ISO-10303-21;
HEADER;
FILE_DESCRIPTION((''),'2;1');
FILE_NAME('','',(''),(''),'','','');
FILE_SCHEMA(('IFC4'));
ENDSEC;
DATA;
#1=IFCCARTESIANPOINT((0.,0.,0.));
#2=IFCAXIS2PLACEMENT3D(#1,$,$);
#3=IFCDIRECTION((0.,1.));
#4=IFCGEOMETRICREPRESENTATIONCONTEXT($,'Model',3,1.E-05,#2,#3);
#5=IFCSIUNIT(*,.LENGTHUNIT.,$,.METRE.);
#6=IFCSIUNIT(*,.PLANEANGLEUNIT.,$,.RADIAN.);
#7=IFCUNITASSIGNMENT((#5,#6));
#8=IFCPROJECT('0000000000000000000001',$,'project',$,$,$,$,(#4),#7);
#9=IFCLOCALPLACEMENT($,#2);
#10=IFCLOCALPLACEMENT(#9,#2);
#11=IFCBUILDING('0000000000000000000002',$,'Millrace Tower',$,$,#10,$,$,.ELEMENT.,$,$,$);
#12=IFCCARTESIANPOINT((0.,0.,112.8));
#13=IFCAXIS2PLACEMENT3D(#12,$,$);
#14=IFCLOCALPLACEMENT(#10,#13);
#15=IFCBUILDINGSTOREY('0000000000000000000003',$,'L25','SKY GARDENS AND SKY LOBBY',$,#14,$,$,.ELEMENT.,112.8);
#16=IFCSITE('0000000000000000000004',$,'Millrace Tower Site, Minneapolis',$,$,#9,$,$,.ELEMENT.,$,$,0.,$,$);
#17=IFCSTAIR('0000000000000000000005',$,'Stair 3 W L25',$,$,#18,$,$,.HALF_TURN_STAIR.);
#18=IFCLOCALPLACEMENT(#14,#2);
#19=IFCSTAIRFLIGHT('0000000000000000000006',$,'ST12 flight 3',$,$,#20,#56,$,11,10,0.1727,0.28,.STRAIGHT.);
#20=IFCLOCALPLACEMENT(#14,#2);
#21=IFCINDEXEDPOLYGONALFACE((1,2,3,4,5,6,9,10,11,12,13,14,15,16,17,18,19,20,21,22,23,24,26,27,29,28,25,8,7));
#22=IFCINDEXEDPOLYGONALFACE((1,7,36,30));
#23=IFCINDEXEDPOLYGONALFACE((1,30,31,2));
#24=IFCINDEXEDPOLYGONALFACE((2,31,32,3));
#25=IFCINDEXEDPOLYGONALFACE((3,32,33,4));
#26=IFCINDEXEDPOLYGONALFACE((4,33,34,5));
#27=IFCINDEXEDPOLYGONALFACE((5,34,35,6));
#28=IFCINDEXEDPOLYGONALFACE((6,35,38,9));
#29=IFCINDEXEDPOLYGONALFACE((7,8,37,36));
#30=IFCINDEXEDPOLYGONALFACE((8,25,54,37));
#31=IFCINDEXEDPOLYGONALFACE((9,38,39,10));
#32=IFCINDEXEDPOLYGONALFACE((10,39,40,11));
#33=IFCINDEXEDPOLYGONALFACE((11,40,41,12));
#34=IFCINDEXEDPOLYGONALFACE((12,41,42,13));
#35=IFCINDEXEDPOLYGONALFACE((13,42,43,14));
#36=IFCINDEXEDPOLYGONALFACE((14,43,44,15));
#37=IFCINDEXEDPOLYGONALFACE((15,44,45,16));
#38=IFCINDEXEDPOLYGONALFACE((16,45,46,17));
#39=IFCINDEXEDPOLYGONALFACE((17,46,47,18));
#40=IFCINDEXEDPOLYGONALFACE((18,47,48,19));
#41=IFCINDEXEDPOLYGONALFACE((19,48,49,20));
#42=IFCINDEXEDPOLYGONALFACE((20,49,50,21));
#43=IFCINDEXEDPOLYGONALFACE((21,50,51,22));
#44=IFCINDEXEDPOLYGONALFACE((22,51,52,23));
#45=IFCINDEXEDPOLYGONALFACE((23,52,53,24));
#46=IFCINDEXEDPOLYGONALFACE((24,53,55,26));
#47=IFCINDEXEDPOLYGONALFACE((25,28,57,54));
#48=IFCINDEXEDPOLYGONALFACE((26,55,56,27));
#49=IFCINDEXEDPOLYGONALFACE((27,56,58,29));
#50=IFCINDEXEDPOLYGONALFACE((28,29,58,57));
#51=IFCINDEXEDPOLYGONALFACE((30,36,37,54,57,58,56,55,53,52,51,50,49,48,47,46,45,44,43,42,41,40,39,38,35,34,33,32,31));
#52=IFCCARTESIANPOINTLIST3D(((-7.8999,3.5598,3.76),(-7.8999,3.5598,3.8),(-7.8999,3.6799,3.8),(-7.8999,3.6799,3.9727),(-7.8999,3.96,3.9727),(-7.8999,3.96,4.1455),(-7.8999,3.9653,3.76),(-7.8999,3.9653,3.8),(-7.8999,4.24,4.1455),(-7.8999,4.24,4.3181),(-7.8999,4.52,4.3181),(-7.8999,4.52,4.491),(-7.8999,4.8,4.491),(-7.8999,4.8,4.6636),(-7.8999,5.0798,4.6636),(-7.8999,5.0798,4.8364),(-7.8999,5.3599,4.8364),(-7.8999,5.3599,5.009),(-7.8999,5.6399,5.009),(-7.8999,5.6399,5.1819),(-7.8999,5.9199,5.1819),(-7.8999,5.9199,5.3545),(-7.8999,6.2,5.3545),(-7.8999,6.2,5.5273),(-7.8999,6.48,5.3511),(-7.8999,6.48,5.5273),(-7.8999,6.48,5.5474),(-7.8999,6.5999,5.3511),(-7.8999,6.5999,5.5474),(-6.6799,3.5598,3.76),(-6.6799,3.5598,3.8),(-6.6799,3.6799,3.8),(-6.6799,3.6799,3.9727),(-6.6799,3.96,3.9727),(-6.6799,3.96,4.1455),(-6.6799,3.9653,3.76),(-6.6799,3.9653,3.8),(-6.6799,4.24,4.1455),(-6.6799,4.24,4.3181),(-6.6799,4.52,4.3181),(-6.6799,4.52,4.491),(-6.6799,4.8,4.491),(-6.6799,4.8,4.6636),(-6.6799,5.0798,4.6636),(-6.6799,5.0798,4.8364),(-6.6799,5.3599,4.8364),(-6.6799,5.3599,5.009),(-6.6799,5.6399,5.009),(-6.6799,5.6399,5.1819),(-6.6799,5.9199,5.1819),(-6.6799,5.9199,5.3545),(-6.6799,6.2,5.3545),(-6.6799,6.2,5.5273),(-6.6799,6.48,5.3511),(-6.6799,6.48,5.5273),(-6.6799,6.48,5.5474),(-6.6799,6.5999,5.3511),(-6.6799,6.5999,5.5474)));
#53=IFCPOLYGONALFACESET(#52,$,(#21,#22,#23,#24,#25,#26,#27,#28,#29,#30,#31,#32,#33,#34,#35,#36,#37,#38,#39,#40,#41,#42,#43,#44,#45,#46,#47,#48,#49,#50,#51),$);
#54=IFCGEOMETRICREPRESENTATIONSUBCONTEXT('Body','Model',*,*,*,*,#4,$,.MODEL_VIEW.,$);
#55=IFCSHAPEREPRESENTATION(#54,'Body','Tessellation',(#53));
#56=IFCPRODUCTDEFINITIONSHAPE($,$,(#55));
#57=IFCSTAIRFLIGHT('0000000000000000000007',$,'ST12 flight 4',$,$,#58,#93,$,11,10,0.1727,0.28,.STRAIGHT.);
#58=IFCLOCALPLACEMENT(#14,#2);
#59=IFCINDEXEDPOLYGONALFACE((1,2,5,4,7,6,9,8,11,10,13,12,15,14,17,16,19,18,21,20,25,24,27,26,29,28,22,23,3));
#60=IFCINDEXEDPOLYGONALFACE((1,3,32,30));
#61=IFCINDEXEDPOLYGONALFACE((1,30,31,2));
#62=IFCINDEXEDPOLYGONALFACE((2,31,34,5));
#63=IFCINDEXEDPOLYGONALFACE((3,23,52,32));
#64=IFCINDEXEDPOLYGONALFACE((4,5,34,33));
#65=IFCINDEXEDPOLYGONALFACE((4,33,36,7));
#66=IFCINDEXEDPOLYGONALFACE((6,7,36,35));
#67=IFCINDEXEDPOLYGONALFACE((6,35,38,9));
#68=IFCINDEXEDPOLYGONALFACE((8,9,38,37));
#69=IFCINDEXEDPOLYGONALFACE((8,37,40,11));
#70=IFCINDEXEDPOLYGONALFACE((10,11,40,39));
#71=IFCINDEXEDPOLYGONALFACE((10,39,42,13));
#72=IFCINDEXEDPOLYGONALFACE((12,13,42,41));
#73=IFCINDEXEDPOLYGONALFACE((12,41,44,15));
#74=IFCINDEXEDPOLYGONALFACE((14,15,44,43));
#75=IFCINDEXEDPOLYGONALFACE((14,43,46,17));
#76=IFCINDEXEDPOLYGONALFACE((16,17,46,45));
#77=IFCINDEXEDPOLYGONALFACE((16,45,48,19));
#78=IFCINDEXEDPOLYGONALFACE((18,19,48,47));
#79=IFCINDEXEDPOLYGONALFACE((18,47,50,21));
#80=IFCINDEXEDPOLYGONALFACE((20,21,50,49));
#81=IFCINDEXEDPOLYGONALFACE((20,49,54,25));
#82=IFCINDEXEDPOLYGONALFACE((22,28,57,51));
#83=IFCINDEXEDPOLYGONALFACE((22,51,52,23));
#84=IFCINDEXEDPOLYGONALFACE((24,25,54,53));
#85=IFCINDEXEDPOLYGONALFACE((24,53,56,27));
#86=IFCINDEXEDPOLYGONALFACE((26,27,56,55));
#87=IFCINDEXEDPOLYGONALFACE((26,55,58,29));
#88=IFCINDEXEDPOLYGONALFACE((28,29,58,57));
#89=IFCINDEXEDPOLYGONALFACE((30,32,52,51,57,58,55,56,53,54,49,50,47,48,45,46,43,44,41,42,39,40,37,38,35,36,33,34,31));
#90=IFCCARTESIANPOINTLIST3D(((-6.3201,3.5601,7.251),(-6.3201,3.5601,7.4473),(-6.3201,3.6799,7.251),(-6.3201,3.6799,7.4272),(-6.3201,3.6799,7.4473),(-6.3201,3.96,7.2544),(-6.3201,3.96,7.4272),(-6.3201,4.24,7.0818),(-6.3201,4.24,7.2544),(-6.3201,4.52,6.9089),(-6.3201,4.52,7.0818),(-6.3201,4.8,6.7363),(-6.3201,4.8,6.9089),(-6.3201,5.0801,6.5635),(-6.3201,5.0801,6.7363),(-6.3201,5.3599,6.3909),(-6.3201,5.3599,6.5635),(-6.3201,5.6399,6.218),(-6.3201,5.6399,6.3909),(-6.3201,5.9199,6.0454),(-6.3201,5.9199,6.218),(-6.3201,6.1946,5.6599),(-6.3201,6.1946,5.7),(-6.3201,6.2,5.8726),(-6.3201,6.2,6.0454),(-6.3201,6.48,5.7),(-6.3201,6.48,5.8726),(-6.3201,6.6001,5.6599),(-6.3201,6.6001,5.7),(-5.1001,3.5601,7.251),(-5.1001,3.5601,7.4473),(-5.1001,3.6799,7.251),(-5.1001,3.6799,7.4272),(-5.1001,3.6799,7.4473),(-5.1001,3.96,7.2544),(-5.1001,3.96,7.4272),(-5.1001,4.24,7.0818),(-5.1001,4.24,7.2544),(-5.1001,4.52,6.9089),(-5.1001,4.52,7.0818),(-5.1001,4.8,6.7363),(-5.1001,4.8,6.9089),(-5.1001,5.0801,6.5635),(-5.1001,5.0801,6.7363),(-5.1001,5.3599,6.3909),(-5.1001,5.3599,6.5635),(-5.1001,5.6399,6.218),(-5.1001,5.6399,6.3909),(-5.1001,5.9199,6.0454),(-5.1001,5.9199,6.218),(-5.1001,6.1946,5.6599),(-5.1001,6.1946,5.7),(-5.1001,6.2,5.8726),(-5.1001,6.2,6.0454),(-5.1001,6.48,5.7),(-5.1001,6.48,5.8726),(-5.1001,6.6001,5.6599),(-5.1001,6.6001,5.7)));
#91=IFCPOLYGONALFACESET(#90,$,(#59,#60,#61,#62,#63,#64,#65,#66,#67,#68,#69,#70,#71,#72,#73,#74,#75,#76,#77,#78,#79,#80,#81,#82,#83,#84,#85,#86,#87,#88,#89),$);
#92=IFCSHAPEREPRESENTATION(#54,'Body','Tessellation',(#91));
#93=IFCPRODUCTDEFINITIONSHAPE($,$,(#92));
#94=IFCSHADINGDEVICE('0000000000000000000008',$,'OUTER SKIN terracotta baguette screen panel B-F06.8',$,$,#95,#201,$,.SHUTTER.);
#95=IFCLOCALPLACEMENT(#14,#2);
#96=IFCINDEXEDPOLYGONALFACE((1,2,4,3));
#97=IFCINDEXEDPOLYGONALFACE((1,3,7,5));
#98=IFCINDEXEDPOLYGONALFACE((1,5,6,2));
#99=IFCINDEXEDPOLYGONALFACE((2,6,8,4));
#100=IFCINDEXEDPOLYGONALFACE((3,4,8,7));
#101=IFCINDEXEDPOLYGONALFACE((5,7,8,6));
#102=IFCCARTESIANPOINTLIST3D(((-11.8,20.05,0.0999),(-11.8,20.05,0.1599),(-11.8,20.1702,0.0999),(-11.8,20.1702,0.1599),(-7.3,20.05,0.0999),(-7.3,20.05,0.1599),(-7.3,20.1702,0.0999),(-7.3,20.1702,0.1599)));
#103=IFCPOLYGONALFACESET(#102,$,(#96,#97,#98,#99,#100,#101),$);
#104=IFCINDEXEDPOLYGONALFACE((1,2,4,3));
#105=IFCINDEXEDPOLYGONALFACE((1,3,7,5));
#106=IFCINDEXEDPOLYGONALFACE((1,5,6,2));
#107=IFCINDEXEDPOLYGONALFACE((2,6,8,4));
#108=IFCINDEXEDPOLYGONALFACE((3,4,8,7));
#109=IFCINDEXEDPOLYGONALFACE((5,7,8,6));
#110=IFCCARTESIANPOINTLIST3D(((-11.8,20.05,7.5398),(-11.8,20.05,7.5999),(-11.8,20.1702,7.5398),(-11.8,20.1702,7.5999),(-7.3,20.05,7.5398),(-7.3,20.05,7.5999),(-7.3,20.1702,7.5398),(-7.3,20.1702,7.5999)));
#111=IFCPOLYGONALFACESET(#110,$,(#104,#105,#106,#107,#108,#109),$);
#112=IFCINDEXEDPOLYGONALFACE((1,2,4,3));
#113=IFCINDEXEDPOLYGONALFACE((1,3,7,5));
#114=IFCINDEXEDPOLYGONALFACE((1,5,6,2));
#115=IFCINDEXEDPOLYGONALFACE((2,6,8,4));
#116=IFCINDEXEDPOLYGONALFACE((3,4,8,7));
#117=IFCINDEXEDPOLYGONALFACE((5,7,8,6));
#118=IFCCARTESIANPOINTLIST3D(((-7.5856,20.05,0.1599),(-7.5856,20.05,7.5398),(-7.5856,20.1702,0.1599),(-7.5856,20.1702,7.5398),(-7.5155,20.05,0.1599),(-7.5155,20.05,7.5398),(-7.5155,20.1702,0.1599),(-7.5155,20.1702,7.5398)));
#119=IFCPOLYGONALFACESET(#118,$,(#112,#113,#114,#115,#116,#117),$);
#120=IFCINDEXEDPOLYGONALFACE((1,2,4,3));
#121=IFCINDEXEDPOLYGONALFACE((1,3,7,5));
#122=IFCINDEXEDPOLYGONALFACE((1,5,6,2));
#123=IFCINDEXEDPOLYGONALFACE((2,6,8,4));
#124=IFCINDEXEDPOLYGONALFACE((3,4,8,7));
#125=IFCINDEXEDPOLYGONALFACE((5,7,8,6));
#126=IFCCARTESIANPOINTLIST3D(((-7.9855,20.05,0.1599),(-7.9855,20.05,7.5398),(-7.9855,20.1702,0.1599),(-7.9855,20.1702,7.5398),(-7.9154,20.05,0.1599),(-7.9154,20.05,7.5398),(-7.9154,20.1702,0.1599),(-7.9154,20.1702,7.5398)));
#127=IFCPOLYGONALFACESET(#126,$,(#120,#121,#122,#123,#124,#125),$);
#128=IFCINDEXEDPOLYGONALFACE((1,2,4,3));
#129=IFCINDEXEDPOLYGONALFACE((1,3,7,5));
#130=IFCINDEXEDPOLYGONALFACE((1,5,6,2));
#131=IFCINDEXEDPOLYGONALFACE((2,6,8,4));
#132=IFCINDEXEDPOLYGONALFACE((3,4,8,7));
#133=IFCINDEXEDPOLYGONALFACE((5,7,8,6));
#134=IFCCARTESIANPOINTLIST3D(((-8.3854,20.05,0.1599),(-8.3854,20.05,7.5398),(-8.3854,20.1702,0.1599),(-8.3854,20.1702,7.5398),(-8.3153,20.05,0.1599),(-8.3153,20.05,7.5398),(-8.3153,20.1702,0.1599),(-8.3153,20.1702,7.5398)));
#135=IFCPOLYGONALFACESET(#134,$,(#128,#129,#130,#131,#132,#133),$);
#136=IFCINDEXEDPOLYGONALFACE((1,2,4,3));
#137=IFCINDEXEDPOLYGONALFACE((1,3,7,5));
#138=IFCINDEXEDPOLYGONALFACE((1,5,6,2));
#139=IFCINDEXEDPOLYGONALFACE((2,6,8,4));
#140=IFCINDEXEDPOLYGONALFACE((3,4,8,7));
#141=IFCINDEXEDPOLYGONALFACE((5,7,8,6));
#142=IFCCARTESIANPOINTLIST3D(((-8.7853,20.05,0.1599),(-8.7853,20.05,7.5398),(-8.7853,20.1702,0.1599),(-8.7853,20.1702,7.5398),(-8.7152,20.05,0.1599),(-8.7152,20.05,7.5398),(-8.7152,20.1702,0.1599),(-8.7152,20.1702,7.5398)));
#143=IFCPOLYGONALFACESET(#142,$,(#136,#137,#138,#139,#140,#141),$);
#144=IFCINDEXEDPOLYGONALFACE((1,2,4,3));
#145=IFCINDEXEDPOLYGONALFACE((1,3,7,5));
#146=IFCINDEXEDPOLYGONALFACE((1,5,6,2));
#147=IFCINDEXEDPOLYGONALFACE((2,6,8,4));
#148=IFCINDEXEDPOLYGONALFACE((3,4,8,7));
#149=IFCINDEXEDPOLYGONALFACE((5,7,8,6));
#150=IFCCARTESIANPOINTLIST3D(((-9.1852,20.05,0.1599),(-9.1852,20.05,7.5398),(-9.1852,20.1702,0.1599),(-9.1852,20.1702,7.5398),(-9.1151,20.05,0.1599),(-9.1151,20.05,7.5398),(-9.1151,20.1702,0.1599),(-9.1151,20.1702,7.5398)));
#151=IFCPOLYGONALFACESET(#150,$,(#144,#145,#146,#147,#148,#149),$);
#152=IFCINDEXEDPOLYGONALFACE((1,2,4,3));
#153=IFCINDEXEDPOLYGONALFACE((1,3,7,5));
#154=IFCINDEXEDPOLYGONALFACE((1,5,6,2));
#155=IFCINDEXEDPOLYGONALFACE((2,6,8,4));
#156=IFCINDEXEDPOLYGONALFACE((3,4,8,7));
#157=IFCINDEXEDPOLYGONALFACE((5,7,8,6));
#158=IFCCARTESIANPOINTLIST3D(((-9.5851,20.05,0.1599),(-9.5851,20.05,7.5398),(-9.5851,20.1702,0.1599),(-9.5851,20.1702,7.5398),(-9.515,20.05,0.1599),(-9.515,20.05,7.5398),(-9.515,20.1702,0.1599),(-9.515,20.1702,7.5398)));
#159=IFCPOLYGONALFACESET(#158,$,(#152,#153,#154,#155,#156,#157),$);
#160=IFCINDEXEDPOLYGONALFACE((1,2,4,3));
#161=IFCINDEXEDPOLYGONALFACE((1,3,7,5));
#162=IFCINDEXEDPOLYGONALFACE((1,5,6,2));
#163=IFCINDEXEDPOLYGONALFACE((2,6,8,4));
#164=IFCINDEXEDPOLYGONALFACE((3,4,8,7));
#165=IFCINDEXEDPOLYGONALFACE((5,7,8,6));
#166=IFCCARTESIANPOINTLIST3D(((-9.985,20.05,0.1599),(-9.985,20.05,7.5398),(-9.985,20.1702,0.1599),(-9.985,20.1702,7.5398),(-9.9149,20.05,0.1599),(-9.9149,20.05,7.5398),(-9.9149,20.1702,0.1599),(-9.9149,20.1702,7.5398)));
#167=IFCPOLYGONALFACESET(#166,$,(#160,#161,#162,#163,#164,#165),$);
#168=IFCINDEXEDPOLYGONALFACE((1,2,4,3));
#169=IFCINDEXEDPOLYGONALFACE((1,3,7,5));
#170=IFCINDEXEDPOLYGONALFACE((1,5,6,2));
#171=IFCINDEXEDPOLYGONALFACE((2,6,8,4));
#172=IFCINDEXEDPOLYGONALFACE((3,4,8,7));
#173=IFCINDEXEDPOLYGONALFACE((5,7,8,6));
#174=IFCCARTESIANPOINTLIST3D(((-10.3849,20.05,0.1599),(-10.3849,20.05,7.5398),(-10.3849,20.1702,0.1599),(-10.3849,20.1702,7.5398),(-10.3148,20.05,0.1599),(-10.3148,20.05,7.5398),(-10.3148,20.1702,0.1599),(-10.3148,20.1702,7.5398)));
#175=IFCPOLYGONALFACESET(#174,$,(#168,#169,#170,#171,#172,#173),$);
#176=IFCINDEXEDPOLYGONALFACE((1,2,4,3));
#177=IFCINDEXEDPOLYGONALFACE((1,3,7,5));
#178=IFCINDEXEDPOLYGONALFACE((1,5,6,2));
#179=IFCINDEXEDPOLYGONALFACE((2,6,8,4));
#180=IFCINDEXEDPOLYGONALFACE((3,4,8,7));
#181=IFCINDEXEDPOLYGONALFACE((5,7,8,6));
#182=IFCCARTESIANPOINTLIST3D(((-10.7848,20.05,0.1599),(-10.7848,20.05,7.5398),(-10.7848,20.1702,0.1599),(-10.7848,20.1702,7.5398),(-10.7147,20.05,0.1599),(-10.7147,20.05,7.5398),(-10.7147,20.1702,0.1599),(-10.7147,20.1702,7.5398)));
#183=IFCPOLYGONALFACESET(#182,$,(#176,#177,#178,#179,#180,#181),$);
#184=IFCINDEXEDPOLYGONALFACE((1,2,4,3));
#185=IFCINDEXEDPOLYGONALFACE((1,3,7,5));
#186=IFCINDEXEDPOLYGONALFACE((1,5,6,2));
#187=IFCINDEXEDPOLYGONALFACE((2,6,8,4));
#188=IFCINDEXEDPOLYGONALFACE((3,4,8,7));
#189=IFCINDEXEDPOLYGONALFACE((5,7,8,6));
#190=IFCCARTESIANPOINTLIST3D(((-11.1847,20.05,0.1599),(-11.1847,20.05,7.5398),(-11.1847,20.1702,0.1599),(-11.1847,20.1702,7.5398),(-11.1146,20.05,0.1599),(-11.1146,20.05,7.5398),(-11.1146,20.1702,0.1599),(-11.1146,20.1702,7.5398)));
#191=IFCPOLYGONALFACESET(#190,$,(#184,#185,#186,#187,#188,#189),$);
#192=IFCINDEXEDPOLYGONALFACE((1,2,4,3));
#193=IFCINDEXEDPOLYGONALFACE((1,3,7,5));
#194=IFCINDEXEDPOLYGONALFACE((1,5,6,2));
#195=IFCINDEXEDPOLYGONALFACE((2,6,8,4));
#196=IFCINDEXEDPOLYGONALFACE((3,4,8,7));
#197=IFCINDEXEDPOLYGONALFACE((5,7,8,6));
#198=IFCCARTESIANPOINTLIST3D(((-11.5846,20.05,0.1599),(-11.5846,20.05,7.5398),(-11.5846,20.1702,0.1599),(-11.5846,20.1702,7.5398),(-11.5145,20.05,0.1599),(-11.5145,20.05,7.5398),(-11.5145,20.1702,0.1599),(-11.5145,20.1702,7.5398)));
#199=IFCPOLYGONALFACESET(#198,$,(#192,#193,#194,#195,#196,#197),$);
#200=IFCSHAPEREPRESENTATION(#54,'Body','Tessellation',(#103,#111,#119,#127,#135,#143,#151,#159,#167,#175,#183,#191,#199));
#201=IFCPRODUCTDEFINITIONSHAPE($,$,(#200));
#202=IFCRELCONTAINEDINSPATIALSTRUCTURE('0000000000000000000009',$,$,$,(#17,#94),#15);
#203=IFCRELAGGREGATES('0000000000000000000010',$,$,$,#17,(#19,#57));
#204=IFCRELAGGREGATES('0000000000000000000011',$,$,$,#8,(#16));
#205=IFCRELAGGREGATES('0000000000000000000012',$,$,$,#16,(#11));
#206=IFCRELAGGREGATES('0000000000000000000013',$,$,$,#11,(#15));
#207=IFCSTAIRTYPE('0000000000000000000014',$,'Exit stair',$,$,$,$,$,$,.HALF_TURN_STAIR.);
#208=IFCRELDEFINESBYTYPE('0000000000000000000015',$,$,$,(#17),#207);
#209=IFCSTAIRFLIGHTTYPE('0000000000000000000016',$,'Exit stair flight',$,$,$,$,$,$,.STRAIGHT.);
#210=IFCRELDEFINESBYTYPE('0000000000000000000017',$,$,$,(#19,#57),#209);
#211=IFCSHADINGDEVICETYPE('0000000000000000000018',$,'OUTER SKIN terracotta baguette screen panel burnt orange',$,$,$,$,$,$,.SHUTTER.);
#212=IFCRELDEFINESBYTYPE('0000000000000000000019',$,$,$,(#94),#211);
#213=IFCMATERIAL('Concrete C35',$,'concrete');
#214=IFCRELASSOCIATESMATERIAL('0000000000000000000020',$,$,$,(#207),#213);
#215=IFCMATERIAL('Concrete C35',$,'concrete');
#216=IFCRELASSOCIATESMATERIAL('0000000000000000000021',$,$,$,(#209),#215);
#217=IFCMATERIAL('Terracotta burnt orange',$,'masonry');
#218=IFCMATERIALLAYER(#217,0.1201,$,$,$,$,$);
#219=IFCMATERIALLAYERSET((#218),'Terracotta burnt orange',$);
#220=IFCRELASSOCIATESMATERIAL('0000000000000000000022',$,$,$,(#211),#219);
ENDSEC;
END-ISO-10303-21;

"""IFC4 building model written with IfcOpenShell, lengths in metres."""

from ifc_helpers import new_model, entity, si_unit, direction, frame, frame_2d, origin, origin_2d, place, context, subcontext, project, spatial, polyline, rectangle, outline, extrude, source, transform, mapped, material, layer, layer_set, type_object, element, aggregate, save


model = new_model("IFC4")

# Units and contexts
model_context = context("Model", 3, precision=1e-05, world=origin(), true_north=direction((0.0, 1.0)))
body_context = subcontext(model_context, "Body", "Model", "MODEL_VIEW")
ifc_project = project(units=[si_unit("LENGTHUNIT", "METRE"), si_unit("PLANEANGLEUNIT", "RADIAN")], contexts=[model_context])

# Site, building, storey
site_placement = place(None, origin())
site = spatial("IfcSite", under=ifc_project, at=site_placement, Name="Millrace Tower Site, Minneapolis", CompositionType="ELEMENT", RefElevation=0.0)
building_placement = place(site_placement, origin())
building = spatial("IfcBuilding", under=site, at=building_placement, Name="Millrace Tower", CompositionType="ELEMENT")
storey_placement = place(building_placement, frame((0.0, 0.0, 112.8)))
storey = spatial("IfcBuildingStorey", under=building, at=storey_placement, Name="L25", Description="SKY GARDENS AND SKY LOBBY", CompositionType="ELEMENT", Elevation=112.8)

# Shared definitions
placement = place(storey_placement, origin())

# Stair, stair flights
ifc_material_1 = material(Name="Concrete C35", Category="concrete")
stair_type = type_object("IfcStairType", Name="Exit stair", PredefinedType="HALF_TURN_STAIR", material=ifc_material_1)
ifc_material_2 = material(Name="Concrete C35", Category="concrete")
stair_flight_type = type_object("IfcStairFlightType", Name="Exit stair flight", PredefinedType="STRAIGHT", material=ifc_material_2)
stair_1 = element("IfcStair", 1, at=placement, inside=storey, type_object=stair_type, Name="Stair 3 W L25", PredefinedType="HALF_TURN_STAIR")
stair_flight_1_placement = place(storey_placement, frame((-7.29, 3.6799, 3.8), z_axis=(0.0, 0.0, 1.0), x_axis=(0.0, 1.0, 0.0)))
stair_flight_1 = element("IfcStairFlight", 2, at=stair_flight_1_placement, type_object=stair_flight_type, Name="ST12 flight 3", NumberOfRisers=11, NumberOfTreads=10, PredefinedType="STRAIGHT", RiserHeight=0.1727, TreadLength=0.28, context=body_context, shape_type="SweptSolid", body=[
    extrude(outline(polyline([(-0.1201, -0.04), (-0.1201, 0.0), (0.0, 0.0), (0.0, 0.1726), (0.28, 0.1726), (0.28, 0.3455), (0.5601, 0.3455), (0.5601, 0.5181), (0.8401, 0.5181), (0.8401, 0.6909), (1.1201, 0.6909), (1.1201, 0.8635), (1.3999, 0.8635), (1.3999, 1.0364), (1.6799, 1.0364), (1.6799, 1.209), (1.96, 1.209), (1.96, 1.3818), (2.24, 1.3818), (2.24, 1.5544), (2.52, 1.5544), (2.52, 1.7273), (2.8, 1.7273), (2.8, 1.7473), (2.9199, 1.7473), (2.9199, 1.551), (2.8, 1.551), (0.2854, 0.0), (0.2854, -0.04), (-0.1201, -0.04)])), frame((0.0, 0.6099, 0.0), z_axis=(0.0, -1.0, 0.0), x_axis=(1.0, 0.0, 0.0)), (0.0, 0.0, 1.0), 1.22),
])
stair_flight_2_placement = place(storey_placement, frame((-5.71, 6.48, 5.7), z_axis=(0.0, 0.0, 1.0), x_axis=(0.0, -1.0, 0.0)))
stair_flight_2 = element("IfcStairFlight", 3, at=stair_flight_2_placement, type_object=stair_flight_type, Name="ST12 flight 4", NumberOfRisers=11, NumberOfTreads=10, PredefinedType="STRAIGHT", RiserHeight=0.1727, TreadLength=0.28, context=body_context, shape_type="SweptSolid", body=[
    extrude(outline(polyline([(-0.1201, -0.04), (-0.1201, 0.0), (0.0, 0.0), (0.0, 0.1726), (0.28, 0.1726), (0.28, 0.3455), (0.5601, 0.3455), (0.5601, 0.5181), (0.8401, 0.5181), (0.8401, 0.6909), (1.1201, 0.6909), (1.1201, 0.8635), (1.3999, 0.8635), (1.3999, 1.0364), (1.6799, 1.0364), (1.6799, 1.209), (1.96, 1.209), (1.96, 1.3818), (2.24, 1.3818), (2.24, 1.5544), (2.52, 1.5544), (2.52, 1.7273), (2.8, 1.7273), (2.8, 1.7473), (2.9199, 1.7473), (2.9199, 1.551), (2.8, 1.551), (0.2854, 0.0), (0.2854, -0.04), (-0.1201, -0.04)])), frame((0.0, 0.6099, 0.0), z_axis=(0.0, -1.0, 0.0), x_axis=(1.0, 0.0, 0.0)), (0.0, 0.0, 1.0), 1.22),
])
aggregate(stair_1, [stair_flight_1, stair_flight_2])

# Shading device
ifc_material_3 = material(Name="Terracotta burnt orange", Category="masonry")
ifc_layer_1 = layer(ifc_material_3, 0.1201)
ifc_layer_set_1 = layer_set([ifc_layer_1], Name="Terracotta burnt orange")
shading_device_type = type_object("IfcShadingDeviceType", Name="OUTER SKIN terracotta baguette screen panel burnt orange", PredefinedType="SHUTTER", material=ifc_layer_set_1)
cartesian_point = entity("IfcCartesianPoint", [-2.25, 0.0601])
shared_polyline = entity("IfcPolyline", [cartesian_point, entity("IfcCartesianPoint", [2.25, 0.0601]), entity("IfcCartesianPoint", [2.25, -0.0601]), entity("IfcCartesianPoint", [-2.25, -0.0601]), cartesian_point])
shared_shape = source(origin(), body_context, "Body", "SweptSolid", [
    entity("IfcExtrudedAreaSolid", entity("IfcArbitraryClosedProfileDef", "AREA", None, shared_polyline), entity("IfcAxis2Placement3D", entity("IfcCartesianPoint", [0.0, 0.0, 0.0])), entity("IfcDirection", [0.0, 0.0, 1.0]), 0.0601),
    entity("IfcExtrudedAreaSolid", entity("IfcArbitraryClosedProfileDef", "AREA", None, shared_polyline), entity("IfcAxis2Placement3D", entity("IfcCartesianPoint", [0.0, 0.0, 7.4399])), entity("IfcDirection", [0.0, 0.0, 1.0]), 0.0601),
    extrude(rectangle(XDim=0.0701, YDim=0.1201, at=frame_2d((-1.9995, 0.0))), frame((0.0, 0.0, 0.0601)), (0.0, 0.0, 1.0), 7.3799),
    extrude(rectangle(XDim=0.0701, YDim=0.1201, at=frame_2d((-1.5996, 0.0))), frame((0.0, 0.0, 0.0601)), (0.0, 0.0, 1.0), 7.3799),
    extrude(rectangle(XDim=0.0701, YDim=0.1201, at=frame_2d((-1.1997, 0.0))), frame((0.0, 0.0, 0.0601)), (0.0, 0.0, 1.0), 7.3799),
    extrude(rectangle(XDim=0.0701, YDim=0.1201, at=frame_2d((-0.7998, 0.0))), frame((0.0, 0.0, 0.0601)), (0.0, 0.0, 1.0), 7.3799),
    extrude(rectangle(XDim=0.0701, YDim=0.1201, at=frame_2d((-0.3999, 0.0))), frame((0.0, 0.0, 0.0601)), (0.0, 0.0, 1.0), 7.3799),
    extrude(rectangle(XDim=0.0701, YDim=0.1201, at=origin_2d()), frame((0.0, 0.0, 0.0601)), (0.0, 0.0, 1.0), 7.3799),
    extrude(rectangle(XDim=0.0701, YDim=0.1201, at=frame_2d((0.3999, 0.0))), frame((0.0, 0.0, 0.0601)), (0.0, 0.0, 1.0), 7.3799),
    extrude(rectangle(XDim=0.0701, YDim=0.1201, at=frame_2d((0.7998, 0.0))), frame((0.0, 0.0, 0.0601)), (0.0, 0.0, 1.0), 7.3799),
    extrude(rectangle(XDim=0.0701, YDim=0.1201, at=frame_2d((1.1997, 0.0))), frame((0.0, 0.0, 0.0601)), (0.0, 0.0, 1.0), 7.3799),
    extrude(rectangle(XDim=0.0701, YDim=0.1201, at=frame_2d((1.5996, 0.0))), frame((0.0, 0.0, 0.0601)), (0.0, 0.0, 1.0), 7.3799),
    extrude(rectangle(XDim=0.0701, YDim=0.1201, at=frame_2d((1.9995, 0.0))), frame((0.0, 0.0, 0.0601)), (0.0, 0.0, 1.0), 7.3799),
])
shading_device_placement = place(storey_placement, frame((-9.55, 20.1101, 0.0999), z_axis=(0.0, 0.0, 1.0), x_axis=(-1.0, 0.0, 0.0)))
element("IfcShadingDevice", 4, at=shading_device_placement, inside=storey, type_object=shading_device_type, Name="OUTER SKIN terracotta baguette screen panel B-F06.8", PredefinedType="SHUTTER", context=body_context, shape_type="MappedRepresentation", body=[
    mapped(shared_shape, transform((0.0, 0.0, 0.0), scale=1.0)),
])

save(model, "model.ifc")
